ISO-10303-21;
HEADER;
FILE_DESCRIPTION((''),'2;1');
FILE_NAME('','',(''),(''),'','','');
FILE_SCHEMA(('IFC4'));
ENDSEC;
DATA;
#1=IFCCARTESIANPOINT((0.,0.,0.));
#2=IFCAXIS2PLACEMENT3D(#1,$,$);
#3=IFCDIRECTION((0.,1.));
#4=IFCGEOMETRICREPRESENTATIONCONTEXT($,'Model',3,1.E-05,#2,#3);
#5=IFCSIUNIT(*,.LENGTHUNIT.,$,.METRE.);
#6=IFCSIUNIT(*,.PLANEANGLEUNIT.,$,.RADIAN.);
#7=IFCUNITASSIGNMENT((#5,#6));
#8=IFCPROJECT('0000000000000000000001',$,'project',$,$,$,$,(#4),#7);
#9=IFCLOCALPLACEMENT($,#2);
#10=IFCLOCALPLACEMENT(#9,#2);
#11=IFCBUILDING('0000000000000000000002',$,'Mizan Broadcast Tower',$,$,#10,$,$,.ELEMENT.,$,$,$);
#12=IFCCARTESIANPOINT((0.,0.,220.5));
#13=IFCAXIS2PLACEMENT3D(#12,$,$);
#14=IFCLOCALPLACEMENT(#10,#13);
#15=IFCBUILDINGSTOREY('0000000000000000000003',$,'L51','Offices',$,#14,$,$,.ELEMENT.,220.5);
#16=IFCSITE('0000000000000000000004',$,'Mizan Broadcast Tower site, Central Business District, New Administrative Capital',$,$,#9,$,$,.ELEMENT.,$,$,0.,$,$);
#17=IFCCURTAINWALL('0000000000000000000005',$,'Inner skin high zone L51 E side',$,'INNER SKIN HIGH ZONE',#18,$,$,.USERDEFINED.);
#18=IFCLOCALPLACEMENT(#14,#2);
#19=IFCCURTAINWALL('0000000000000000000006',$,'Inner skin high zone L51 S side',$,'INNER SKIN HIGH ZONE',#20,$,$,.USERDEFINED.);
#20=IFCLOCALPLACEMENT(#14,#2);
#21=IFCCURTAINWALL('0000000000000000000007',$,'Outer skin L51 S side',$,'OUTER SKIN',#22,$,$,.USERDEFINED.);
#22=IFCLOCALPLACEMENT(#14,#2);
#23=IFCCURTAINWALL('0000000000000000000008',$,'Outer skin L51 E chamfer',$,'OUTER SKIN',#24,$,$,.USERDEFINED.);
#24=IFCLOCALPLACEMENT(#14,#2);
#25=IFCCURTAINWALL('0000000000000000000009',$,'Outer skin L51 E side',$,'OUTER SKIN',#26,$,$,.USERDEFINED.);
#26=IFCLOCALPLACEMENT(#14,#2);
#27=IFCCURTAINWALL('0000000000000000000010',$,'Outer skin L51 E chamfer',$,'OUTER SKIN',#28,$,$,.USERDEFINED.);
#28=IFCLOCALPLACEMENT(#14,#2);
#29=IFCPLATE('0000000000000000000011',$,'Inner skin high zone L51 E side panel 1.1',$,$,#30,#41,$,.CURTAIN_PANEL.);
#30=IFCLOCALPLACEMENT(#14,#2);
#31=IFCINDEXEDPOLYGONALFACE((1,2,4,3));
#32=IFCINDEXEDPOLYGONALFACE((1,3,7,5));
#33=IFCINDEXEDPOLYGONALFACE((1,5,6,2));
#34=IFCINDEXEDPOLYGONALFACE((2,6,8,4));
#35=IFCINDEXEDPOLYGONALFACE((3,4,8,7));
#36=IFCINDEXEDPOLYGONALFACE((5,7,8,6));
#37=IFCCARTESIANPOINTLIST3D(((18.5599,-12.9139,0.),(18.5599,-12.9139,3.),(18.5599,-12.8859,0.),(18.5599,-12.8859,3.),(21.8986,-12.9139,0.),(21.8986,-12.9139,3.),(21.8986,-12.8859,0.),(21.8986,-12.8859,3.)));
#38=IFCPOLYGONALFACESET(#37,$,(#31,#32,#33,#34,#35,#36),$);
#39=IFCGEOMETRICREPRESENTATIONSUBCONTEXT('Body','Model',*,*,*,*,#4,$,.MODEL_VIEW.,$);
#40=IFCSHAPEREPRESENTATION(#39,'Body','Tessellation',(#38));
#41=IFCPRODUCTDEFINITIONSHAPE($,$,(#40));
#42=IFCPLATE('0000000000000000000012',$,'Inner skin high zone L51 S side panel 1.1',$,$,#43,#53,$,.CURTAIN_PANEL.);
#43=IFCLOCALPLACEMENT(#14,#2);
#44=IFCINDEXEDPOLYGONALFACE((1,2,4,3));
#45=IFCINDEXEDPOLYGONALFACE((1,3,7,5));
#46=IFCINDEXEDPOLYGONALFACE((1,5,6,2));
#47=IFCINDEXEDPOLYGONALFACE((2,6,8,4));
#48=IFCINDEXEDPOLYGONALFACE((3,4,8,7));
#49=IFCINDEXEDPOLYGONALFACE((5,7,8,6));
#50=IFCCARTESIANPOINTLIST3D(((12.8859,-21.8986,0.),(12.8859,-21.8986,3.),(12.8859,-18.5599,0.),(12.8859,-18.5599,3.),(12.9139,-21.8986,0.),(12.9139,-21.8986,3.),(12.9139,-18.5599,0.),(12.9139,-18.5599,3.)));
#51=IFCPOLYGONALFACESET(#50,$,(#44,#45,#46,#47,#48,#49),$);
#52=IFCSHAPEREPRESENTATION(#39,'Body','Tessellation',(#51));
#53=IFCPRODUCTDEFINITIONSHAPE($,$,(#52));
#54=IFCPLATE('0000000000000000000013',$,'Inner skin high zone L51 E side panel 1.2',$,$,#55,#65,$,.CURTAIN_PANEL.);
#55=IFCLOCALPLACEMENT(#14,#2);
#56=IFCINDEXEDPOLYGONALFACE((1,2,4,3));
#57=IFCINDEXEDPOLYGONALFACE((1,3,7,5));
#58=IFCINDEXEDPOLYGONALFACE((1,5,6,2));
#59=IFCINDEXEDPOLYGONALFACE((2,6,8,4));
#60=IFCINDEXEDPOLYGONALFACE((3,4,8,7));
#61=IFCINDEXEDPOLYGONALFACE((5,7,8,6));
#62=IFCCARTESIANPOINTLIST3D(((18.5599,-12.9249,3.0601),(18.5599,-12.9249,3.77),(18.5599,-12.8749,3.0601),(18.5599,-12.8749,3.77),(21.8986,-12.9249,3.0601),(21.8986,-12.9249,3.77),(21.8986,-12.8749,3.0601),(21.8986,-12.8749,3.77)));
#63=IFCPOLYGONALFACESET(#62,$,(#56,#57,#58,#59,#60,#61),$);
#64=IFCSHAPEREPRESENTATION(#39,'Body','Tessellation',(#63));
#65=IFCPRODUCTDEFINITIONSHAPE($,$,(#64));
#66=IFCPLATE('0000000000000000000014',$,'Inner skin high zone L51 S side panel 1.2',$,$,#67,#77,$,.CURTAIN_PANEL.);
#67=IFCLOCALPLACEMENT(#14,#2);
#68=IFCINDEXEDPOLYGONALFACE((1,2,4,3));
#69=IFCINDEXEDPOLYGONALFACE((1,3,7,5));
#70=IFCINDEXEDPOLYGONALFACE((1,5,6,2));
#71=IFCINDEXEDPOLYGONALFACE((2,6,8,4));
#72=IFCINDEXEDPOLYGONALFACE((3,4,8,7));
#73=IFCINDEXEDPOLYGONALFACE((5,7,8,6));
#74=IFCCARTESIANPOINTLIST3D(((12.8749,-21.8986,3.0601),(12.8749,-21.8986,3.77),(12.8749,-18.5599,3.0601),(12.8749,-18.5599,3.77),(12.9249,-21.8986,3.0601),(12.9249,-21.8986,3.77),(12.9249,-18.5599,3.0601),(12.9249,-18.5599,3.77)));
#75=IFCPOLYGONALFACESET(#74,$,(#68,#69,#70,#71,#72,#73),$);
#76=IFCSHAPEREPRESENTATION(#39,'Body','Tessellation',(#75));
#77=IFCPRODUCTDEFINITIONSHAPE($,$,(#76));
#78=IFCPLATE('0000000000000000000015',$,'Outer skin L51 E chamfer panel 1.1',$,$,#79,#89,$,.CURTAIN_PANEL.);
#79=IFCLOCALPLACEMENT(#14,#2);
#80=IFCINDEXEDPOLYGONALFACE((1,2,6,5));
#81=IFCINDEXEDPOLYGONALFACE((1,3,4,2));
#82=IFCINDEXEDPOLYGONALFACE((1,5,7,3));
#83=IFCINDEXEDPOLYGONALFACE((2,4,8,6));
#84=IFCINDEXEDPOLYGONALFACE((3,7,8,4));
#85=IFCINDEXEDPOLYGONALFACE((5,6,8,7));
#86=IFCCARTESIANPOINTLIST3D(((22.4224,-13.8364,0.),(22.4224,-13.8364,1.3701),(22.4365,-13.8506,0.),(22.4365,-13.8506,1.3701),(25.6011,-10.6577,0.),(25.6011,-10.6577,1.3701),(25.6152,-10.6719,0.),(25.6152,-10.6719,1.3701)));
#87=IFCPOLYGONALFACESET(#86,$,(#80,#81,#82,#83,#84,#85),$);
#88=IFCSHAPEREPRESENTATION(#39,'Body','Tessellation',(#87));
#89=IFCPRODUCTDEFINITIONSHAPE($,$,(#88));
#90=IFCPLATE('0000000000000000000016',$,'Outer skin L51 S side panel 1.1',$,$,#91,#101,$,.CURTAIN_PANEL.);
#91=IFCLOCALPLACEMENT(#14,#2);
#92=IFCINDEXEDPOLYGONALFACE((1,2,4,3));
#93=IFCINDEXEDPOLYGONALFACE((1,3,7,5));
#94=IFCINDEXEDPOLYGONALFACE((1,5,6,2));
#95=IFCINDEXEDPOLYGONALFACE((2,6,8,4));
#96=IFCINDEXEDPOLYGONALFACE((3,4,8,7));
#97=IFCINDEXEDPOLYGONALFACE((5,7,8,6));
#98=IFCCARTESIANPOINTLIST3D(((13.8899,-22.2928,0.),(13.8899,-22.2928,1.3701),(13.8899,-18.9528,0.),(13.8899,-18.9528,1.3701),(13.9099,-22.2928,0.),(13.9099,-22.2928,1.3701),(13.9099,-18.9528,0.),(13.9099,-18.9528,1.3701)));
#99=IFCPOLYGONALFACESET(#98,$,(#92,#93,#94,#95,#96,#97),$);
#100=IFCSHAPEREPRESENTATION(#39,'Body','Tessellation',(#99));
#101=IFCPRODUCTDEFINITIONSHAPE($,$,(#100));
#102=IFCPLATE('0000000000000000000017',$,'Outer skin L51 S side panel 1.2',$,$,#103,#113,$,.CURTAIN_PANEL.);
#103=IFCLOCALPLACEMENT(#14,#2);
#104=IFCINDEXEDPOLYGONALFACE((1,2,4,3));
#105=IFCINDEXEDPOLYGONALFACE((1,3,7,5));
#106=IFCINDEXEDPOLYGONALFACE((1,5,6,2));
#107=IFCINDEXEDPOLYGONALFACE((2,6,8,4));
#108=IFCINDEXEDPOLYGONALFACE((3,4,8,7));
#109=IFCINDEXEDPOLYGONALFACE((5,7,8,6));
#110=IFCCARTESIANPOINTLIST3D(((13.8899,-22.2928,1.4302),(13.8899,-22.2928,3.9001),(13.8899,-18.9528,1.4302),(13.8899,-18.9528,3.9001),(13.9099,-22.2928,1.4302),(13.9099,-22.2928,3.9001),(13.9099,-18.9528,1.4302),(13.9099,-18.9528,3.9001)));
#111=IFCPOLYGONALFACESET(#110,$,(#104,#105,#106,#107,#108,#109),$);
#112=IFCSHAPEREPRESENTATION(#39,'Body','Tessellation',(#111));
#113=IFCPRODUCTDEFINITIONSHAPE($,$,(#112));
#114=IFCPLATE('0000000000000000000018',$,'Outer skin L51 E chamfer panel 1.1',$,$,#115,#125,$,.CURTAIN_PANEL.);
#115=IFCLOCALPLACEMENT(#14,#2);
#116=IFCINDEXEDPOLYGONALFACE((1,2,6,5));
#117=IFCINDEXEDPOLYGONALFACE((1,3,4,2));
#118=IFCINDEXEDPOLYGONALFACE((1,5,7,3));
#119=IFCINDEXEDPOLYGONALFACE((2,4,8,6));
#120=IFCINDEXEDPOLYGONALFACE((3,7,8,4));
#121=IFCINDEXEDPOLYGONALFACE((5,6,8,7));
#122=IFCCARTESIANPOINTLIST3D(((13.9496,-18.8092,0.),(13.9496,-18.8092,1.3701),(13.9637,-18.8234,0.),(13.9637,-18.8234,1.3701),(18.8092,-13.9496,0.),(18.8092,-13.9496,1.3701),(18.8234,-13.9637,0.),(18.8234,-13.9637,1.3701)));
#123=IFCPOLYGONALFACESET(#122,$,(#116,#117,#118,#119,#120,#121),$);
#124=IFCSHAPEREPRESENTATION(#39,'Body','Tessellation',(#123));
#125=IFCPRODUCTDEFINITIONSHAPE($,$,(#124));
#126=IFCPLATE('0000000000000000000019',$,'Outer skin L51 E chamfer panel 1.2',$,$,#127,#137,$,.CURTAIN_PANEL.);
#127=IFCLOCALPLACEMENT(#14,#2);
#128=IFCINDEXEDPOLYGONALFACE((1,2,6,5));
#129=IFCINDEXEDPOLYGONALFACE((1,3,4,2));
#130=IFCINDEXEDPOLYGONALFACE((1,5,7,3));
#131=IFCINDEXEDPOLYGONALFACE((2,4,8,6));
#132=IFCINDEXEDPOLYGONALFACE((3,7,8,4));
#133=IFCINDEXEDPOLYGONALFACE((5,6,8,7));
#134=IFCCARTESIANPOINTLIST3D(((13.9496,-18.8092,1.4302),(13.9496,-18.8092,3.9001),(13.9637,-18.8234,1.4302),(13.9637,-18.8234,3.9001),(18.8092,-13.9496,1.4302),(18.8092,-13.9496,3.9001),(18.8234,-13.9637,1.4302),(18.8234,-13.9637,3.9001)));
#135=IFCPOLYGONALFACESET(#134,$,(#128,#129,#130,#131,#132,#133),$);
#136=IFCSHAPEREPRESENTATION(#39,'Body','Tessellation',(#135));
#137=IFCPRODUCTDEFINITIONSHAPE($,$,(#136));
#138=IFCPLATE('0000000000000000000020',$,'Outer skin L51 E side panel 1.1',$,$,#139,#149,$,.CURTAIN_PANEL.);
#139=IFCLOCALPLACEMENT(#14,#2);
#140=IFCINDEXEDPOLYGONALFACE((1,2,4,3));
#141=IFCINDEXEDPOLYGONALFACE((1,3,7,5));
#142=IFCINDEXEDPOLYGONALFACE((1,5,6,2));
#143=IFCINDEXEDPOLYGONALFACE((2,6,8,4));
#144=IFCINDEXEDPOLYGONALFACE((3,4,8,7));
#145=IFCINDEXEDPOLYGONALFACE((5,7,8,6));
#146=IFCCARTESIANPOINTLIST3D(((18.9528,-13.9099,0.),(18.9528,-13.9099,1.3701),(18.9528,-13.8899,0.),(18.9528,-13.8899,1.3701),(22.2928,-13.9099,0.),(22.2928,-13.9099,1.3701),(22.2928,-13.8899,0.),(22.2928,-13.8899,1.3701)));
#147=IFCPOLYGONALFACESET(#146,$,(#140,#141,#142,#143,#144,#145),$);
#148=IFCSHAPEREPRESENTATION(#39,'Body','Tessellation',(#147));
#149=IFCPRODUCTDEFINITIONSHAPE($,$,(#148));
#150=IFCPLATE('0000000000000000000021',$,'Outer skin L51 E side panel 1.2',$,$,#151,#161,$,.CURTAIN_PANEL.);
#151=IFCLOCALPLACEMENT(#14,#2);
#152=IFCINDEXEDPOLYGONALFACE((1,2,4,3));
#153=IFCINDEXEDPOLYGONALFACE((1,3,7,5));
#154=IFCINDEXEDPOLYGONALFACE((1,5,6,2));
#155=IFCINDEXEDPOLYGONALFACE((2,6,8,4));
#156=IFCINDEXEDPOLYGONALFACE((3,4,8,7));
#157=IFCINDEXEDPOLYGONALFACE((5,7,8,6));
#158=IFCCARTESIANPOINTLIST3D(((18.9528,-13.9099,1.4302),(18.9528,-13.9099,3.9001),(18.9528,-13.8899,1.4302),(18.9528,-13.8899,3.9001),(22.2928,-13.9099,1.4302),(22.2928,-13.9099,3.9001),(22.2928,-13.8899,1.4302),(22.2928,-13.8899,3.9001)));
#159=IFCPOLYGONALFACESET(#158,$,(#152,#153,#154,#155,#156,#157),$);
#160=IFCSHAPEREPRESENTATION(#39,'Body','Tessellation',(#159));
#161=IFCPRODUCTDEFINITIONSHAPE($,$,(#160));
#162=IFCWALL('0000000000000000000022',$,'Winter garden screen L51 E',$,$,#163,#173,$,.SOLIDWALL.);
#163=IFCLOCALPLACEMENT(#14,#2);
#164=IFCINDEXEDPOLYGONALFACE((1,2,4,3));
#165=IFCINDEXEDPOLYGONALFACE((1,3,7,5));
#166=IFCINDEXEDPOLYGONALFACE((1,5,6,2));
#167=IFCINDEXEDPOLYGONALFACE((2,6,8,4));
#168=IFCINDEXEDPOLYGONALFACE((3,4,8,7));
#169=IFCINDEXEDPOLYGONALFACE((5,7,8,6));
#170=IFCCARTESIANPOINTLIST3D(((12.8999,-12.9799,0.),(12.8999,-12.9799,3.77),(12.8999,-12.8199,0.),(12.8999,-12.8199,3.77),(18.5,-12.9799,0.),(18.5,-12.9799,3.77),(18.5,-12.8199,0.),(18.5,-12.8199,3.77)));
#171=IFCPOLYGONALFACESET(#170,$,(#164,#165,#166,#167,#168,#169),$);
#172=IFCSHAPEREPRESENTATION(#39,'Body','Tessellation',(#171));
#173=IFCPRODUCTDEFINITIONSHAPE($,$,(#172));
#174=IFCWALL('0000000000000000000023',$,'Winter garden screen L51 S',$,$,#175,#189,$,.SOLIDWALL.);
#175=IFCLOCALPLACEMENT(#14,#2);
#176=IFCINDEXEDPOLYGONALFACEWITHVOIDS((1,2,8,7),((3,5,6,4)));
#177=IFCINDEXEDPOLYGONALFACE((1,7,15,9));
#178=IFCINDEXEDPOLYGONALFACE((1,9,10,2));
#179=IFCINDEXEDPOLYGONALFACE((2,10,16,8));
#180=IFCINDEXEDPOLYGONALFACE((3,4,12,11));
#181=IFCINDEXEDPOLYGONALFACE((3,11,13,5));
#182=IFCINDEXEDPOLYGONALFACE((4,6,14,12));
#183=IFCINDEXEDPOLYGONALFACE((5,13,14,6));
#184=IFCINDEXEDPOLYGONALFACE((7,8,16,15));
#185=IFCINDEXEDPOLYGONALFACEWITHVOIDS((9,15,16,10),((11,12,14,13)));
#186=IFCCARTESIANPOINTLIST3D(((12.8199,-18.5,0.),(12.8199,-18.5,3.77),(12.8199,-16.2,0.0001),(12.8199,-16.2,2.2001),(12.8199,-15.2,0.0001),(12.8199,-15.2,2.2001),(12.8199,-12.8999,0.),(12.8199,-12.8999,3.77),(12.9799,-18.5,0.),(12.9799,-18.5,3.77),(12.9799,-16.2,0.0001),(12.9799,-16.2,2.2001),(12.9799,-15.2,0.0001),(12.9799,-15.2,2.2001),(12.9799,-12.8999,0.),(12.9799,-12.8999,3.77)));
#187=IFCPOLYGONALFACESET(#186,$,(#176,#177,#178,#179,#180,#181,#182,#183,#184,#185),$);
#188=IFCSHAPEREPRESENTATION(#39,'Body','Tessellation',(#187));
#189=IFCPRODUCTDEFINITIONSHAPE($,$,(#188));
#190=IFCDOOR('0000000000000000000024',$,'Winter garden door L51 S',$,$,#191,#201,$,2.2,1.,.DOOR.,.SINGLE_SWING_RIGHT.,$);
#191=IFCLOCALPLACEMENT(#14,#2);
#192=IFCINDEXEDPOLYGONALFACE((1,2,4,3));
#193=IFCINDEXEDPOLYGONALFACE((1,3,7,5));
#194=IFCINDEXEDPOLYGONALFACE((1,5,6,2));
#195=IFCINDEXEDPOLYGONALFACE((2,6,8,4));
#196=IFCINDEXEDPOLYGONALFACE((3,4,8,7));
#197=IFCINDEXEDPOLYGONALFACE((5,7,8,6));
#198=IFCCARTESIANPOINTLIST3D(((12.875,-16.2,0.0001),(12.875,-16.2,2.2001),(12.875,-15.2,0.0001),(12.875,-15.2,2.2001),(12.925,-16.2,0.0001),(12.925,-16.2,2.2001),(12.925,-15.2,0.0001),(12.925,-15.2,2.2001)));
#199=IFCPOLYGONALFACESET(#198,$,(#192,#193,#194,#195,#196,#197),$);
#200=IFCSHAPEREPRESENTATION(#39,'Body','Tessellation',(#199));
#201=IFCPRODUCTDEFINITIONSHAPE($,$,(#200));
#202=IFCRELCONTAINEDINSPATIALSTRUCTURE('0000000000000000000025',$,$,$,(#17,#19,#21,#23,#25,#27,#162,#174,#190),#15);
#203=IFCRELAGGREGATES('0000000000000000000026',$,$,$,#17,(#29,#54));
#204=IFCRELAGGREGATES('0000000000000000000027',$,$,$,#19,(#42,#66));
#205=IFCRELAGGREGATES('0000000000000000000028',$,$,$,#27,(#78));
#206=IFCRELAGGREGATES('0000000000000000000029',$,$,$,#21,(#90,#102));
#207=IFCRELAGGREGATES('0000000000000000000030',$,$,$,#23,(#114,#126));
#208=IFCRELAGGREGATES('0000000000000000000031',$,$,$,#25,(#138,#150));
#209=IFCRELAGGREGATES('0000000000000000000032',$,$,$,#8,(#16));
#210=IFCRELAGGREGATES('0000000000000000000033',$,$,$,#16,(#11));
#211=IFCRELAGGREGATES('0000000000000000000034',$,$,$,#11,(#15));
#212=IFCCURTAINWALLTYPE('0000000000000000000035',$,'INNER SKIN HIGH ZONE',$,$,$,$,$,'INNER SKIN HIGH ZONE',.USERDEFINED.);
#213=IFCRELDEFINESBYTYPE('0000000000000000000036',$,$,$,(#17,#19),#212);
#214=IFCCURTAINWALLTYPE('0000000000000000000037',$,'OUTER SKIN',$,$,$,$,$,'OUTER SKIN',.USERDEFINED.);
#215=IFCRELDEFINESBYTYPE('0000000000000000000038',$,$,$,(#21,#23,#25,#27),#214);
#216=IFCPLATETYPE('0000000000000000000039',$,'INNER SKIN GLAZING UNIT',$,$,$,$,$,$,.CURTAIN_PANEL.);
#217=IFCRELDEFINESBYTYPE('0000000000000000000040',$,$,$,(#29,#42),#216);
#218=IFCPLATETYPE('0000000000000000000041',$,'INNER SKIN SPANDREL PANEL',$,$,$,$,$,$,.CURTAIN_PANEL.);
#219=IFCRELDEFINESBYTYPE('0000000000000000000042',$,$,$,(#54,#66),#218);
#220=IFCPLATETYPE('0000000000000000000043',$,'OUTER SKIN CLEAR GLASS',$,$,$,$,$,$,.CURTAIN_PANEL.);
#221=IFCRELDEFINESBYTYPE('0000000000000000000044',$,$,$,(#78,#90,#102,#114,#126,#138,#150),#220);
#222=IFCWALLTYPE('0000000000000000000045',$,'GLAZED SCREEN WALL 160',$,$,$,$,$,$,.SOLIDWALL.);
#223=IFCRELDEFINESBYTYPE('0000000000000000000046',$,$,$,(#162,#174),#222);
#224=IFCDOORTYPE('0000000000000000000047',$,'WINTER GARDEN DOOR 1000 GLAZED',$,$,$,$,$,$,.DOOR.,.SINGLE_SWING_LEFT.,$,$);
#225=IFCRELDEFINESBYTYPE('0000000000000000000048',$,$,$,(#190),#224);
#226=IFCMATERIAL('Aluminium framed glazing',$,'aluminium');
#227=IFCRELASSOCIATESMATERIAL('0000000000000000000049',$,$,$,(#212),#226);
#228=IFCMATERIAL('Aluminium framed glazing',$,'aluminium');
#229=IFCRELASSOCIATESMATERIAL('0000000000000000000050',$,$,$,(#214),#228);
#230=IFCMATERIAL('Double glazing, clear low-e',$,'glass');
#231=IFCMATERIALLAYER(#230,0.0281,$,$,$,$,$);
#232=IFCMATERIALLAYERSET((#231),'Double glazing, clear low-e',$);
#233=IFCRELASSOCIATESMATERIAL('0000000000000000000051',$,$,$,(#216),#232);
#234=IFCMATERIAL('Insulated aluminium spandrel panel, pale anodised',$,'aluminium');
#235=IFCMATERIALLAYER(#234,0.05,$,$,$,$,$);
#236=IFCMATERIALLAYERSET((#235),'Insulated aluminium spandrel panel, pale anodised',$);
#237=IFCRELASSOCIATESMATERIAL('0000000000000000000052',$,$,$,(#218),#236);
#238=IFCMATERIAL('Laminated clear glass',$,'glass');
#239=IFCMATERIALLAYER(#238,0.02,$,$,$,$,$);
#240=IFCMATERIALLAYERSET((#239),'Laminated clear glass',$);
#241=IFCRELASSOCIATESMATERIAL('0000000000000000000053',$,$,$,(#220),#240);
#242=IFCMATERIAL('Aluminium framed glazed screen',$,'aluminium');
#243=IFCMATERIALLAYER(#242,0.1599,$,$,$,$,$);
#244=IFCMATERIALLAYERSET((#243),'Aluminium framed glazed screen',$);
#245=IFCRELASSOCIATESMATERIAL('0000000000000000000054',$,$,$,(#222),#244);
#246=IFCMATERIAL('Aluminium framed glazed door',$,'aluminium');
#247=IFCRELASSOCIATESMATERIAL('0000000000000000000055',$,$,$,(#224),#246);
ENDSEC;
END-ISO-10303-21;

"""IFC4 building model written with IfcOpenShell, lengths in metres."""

from ifc_helpers import new_model, si_unit, direction, frame, frame_2d, origin, origin_2d, place, context, subcontext, project, spatial, rectangle, extrude, material, layer, layer_set, type_object, element, fill, aggregate, save


model = new_model("IFC4")

# Units and contexts
model_context = context("Model", 3, precision=1e-05, world=origin(), true_north=direction((0.0, 1.0)))
body_context = subcontext(model_context, "Body", "Model", "MODEL_VIEW")
ifc_project = project(units=[si_unit("LENGTHUNIT", "METRE"), si_unit("PLANEANGLEUNIT", "RADIAN")], contexts=[model_context])

# Site, building, storey
site_placement = place(None, origin())
site = spatial("IfcSite", under=ifc_project, at=site_placement, Name="Mizan Broadcast Tower site, Central Business District, New Administrative Capital", CompositionType="ELEMENT", RefElevation=0.0)
building_placement = place(site_placement, origin())
building = spatial("IfcBuilding", under=site, at=building_placement, Name="Mizan Broadcast Tower", CompositionType="ELEMENT")
storey_placement = place(building_placement, frame((0.0, 0.0, 220.5)))
storey = spatial("IfcBuildingStorey", under=building, at=storey_placement, Name="L51", Description="Offices", CompositionType="ELEMENT", Elevation=220.5)

# Curtain walls
ifc_material_1 = material(Name="Aluminium framed glazing", Category="aluminium")
curtain_wall_type_1 = type_object("IfcCurtainWallType", Name="INNER SKIN HIGH ZONE", ElementType="INNER SKIN HIGH ZONE", PredefinedType="USERDEFINED", material=ifc_material_1)
curtain_wall_1_placement = place(storey_placement, origin())
curtain_wall_1 = element("IfcCurtainWall", 1, at=curtain_wall_1_placement, inside=storey, type_object=curtain_wall_type_1, Name="Inner skin high zone L51 E side", ObjectType="INNER SKIN HIGH ZONE", PredefinedType="USERDEFINED")
curtain_wall_2_placement = place(storey_placement, origin())
curtain_wall_2 = element("IfcCurtainWall", 2, at=curtain_wall_2_placement, inside=storey, type_object=curtain_wall_type_1, Name="Inner skin high zone L51 S side", ObjectType="INNER SKIN HIGH ZONE", PredefinedType="USERDEFINED")

# Curtain walls
ifc_material_2 = material(Name="Aluminium framed glazing", Category="aluminium")
curtain_wall_type_2 = type_object("IfcCurtainWallType", Name="OUTER SKIN", ElementType="OUTER SKIN", PredefinedType="USERDEFINED", material=ifc_material_2)
curtain_wall_3_placement = place(storey_placement, origin())
curtain_wall_3 = element("IfcCurtainWall", 3, at=curtain_wall_3_placement, inside=storey, type_object=curtain_wall_type_2, Name="Outer skin L51 S side", ObjectType="OUTER SKIN", PredefinedType="USERDEFINED")
curtain_wall_4_placement = place(storey_placement, origin())
curtain_wall_4 = element("IfcCurtainWall", 4, at=curtain_wall_4_placement, inside=storey, type_object=curtain_wall_type_2, Name="Outer skin L51 E chamfer", ObjectType="OUTER SKIN", PredefinedType="USERDEFINED")
curtain_wall_5_placement = place(storey_placement, origin())
curtain_wall_5 = element("IfcCurtainWall", 5, at=curtain_wall_5_placement, inside=storey, type_object=curtain_wall_type_2, Name="Outer skin L51 E side", ObjectType="OUTER SKIN", PredefinedType="USERDEFINED")
curtain_wall_6_placement = place(storey_placement, origin())
curtain_wall_6 = element("IfcCurtainWall", 6, at=curtain_wall_6_placement, inside=storey, type_object=curtain_wall_type_2, Name="Outer skin L51 E chamfer", ObjectType="OUTER SKIN", PredefinedType="USERDEFINED")

# Plates
ifc_material_3 = material(Name="Double glazing, clear low-e", Category="glass")
ifc_layer_1 = layer(ifc_material_3, 0.0281)
ifc_layer_set_1 = layer_set([ifc_layer_1], Name="Double glazing, clear low-e")
plate_type_1 = type_object("IfcPlateType", Name="INNER SKIN GLAZING UNIT", PredefinedType="CURTAIN_PANEL", material=ifc_layer_set_1)
plate_1_placement = place(storey_placement, frame((20.2292, -12.8999, 0.0), z_axis=(0.0, 0.0, 1.0), x_axis=(1.0, 0.0, 0.0)))
plate_1 = element("IfcPlate", 7, at=plate_1_placement, type_object=plate_type_1, Name="Inner skin high zone L51 E side panel 1.1", PredefinedType="CURTAIN_PANEL", context=body_context, shape_type="SweptSolid", body=[
    extrude(rectangle(XDim=3.3386, YDim=0.0281, at=origin_2d()), origin(), (0.0, 0.0, 1.0), 3.0),
])
plate_2_placement = place(storey_placement, frame((12.8999, -20.2292, 0.0), z_axis=(0.0, 0.0, 1.0), x_axis=(0.0, 1.0, 0.0)))
plate_2 = element("IfcPlate", 8, at=plate_2_placement, type_object=plate_type_1, Name="Inner skin high zone L51 S side panel 1.1", PredefinedType="CURTAIN_PANEL", context=body_context, shape_type="SweptSolid", body=[
    extrude(rectangle(XDim=3.3386, YDim=0.0281, at=origin_2d()), origin(), (0.0, 0.0, 1.0), 3.0),
])
ifc_material_4 = material(Name="Insulated aluminium spandrel panel, pale anodised", Category="aluminium")
ifc_layer_2 = layer(ifc_material_4, 0.05)
ifc_layer_set_2 = layer_set([ifc_layer_2], Name="Insulated aluminium spandrel panel, pale anodised")
plate_type_2 = type_object("IfcPlateType", Name="INNER SKIN SPANDREL PANEL", PredefinedType="CURTAIN_PANEL", material=ifc_layer_set_2)
plate_3_placement = place(storey_placement, frame((20.2292, -12.8999, 3.0601), z_axis=(0.0, 0.0, 1.0), x_axis=(1.0, 0.0, 0.0)))
plate_3 = element("IfcPlate", 9, at=plate_3_placement, type_object=plate_type_2, Name="Inner skin high zone L51 E side panel 1.2", PredefinedType="CURTAIN_PANEL", context=body_context, shape_type="SweptSolid", body=[
    extrude(rectangle(XDim=3.3386, YDim=0.05, at=origin_2d()), origin(), (0.0, 0.0, 1.0), 0.71),
])
aggregate(curtain_wall_1, [plate_1, plate_3])
plate_4_placement = place(storey_placement, frame((12.8999, -20.2292, 3.0601), z_axis=(0.0, 0.0, 1.0), x_axis=(0.0, 1.0, 0.0)))
plate_4 = element("IfcPlate", 10, at=plate_4_placement, type_object=plate_type_2, Name="Inner skin high zone L51 S side panel 1.2", PredefinedType="CURTAIN_PANEL", context=body_context, shape_type="SweptSolid", body=[
    extrude(rectangle(XDim=3.3386, YDim=0.05, at=origin_2d()), origin(), (0.0, 0.0, 1.0), 0.71),
])
aggregate(curtain_wall_2, [plate_2, plate_4])
ifc_material_5 = material(Name="Laminated clear glass", Category="glass")
ifc_layer_3 = layer(ifc_material_5, 0.02)
ifc_layer_set_3 = layer_set([ifc_layer_3], Name="Laminated clear glass")
plate_type_3 = type_object("IfcPlateType", Name="OUTER SKIN CLEAR GLASS", PredefinedType="CURTAIN_PANEL", material=ifc_layer_set_3)
plate_5_placement = place(storey_placement, frame((24.0188, -12.2542, 0.0), z_axis=(0.0, 0.0, 1.0), x_axis=(0.707107, 0.707107, 0.0)))
plate_5 = element("IfcPlate", 11, at=plate_5_placement, type_object=plate_type_3, Name="Outer skin L51 E chamfer panel 1.1", PredefinedType="CURTAIN_PANEL", context=body_context, shape_type="SweptSolid", body=[
    extrude(rectangle(XDim=4.4954, YDim=0.02, at=origin_2d()), origin(), (0.0, 0.0, 1.0), 1.3701),
])
aggregate(curtain_wall_6, [plate_5])
plate_6_placement = place(storey_placement, frame((13.8999, -20.6228, 0.0), z_axis=(0.0, 0.0, 1.0), x_axis=(0.0, 1.0, 0.0)))
plate_6 = element("IfcPlate", 12, at=plate_6_placement, type_object=plate_type_3, Name="Outer skin L51 S side panel 1.1", PredefinedType="CURTAIN_PANEL", context=body_context, shape_type="SweptSolid", body=[
    extrude(rectangle(XDim=3.3401, YDim=0.02, at=origin_2d()), origin(), (0.0, 0.0, 1.0), 1.3701),
])
plate_7_placement = place(storey_placement, frame((13.8999, -20.6228, 1.4302), z_axis=(0.0, 0.0, 1.0), x_axis=(0.0, 1.0, 0.0)))
plate_7 = element("IfcPlate", 13, at=plate_7_placement, type_object=plate_type_3, Name="Outer skin L51 S side panel 1.2", PredefinedType="CURTAIN_PANEL", context=body_context, shape_type="SweptSolid", body=[
    extrude(rectangle(XDim=3.3401, YDim=0.02, at=origin_2d()), origin(), (0.0, 0.0, 1.0), 2.47),
])
aggregate(curtain_wall_3, [plate_6, plate_7])
plate_8_placement = place(storey_placement, frame((16.3865, -16.3865, 0.0), z_axis=(0.0, 0.0, 1.0), x_axis=(0.707107, 0.707107, 0.0)))
plate_8 = element("IfcPlate", 14, at=plate_8_placement, type_object=plate_type_3, Name="Outer skin L51 E chamfer panel 1.1", PredefinedType="CURTAIN_PANEL", context=body_context, shape_type="SweptSolid", body=[
    extrude(rectangle(XDim=6.8726, YDim=0.02, at=origin_2d()), origin(), (0.0, 0.0, 1.0), 1.3701),
])
plate_9_placement = place(storey_placement, frame((16.3865, -16.3865, 1.4302), z_axis=(0.0, 0.0, 1.0), x_axis=(0.707107, 0.707107, 0.0)))
plate_9 = element("IfcPlate", 15, at=plate_9_placement, type_object=plate_type_3, Name="Outer skin L51 E chamfer panel 1.2", PredefinedType="CURTAIN_PANEL", context=body_context, shape_type="SweptSolid", body=[
    extrude(rectangle(XDim=6.8726, YDim=0.02, at=origin_2d()), origin(), (0.0, 0.0, 1.0), 2.47),
])
aggregate(curtain_wall_4, [plate_8, plate_9])
plate_10_placement = place(storey_placement, frame((20.6228, -13.8999, 0.0), z_axis=(0.0, 0.0, 1.0), x_axis=(1.0, 0.0, 0.0)))
plate_10 = element("IfcPlate", 16, at=plate_10_placement, type_object=plate_type_3, Name="Outer skin L51 E side panel 1.1", PredefinedType="CURTAIN_PANEL", context=body_context, shape_type="SweptSolid", body=[
    extrude(rectangle(XDim=3.3401, YDim=0.02, at=origin_2d()), origin(), (0.0, 0.0, 1.0), 1.3701),
])
plate_11_placement = place(storey_placement, frame((20.6228, -13.8999, 1.4302), z_axis=(0.0, 0.0, 1.0), x_axis=(1.0, 0.0, 0.0)))
plate_11 = element("IfcPlate", 17, at=plate_11_placement, type_object=plate_type_3, Name="Outer skin L51 E side panel 1.2", PredefinedType="CURTAIN_PANEL", context=body_context, shape_type="SweptSolid", body=[
    extrude(rectangle(XDim=3.3401, YDim=0.02, at=origin_2d()), origin(), (0.0, 0.0, 1.0), 2.47),
])
aggregate(curtain_wall_5, [plate_10, plate_11])

# Wall
ifc_material_6 = material(Name="Aluminium framed glazed screen", Category="aluminium")
ifc_layer_4 = layer(ifc_material_6, 0.1599)
ifc_layer_set_4 = layer_set([ifc_layer_4], Name="Aluminium framed glazed screen")
wall_type = type_object("IfcWallType", Name="GLAZED SCREEN WALL 160", PredefinedType="SOLIDWALL", material=ifc_layer_set_4)
wall_1_placement = place(storey_placement, frame((12.8999, -12.8999, 0.0), z_axis=(0.0, 0.0, 1.0), x_axis=(1.0, 0.0, 0.0)))
element("IfcWall", 18, at=wall_1_placement, inside=storey, type_object=wall_type, Name="Winter garden screen L51 E", PredefinedType="SOLIDWALL", context=body_context, shape_type="SweptSolid", body=[
    extrude(rectangle(XDim=5.6001, YDim=0.1599, at=frame_2d((2.8, 0.0))), origin(), (0.0, 0.0, 1.0), 3.77),
])

# Wall, opening, door
wall_2_placement = place(storey_placement, frame((12.8999, -18.5, 0.0), z_axis=(0.0, 0.0, 1.0), x_axis=(0.0, 1.0, 0.0)))
wall_2 = element("IfcWall", 19, at=wall_2_placement, inside=storey, type_object=wall_type, Name="Winter garden screen L51 S", PredefinedType="SOLIDWALL", context=body_context, shape_type="SweptSolid", body=[
    extrude(rectangle(XDim=5.6001, YDim=0.1599, at=frame_2d((2.8, 0.0))), origin(), (0.0, 0.0, 1.0), 3.77),
])
opening_placement = place(wall_2_placement, frame((2.3, 0.0, 0.0)))
opening = element("IfcOpeningElement", 20, at=opening_placement, cuts=wall_2, PredefinedType="OPENING", context=body_context, shape_type="SweptSolid", body=[
    extrude(rectangle(XDim=1.0, YDim=2.2, at=frame_2d((0.5, 1.1001))), frame((0.0, 0.0898, 0.0), z_axis=(0.0, -1.0, 0.0), x_axis=(1.0, 0.0, 0.0)), (0.0, 0.0, 1.0), 0.1799),
])
ifc_material_7 = material(Name="Aluminium framed glazed door", Category="aluminium")
door_type = type_object("IfcDoorType", Name="WINTER GARDEN DOOR 1000 GLAZED", OperationType="SINGLE_SWING_LEFT", PredefinedType="DOOR", material=ifc_material_7)
door_placement = place(opening_placement, origin())
door = element("IfcDoor", 21, at=door_placement, inside=storey, type_object=door_type, Name="Winter garden door L51 S", OperationType="SINGLE_SWING_RIGHT", OverallHeight=2.2, OverallWidth=1.0, PredefinedType="DOOR", context=body_context, shape_type="SweptSolid", body=[
    extrude(rectangle(XDim=1.0, YDim=2.2, at=frame_2d((0.5, 1.1001))), frame((0.0, 0.0249, 0.0), z_axis=(0.0, -1.0, 0.0), x_axis=(1.0, 0.0, 0.0)), (0.0, 0.0, 1.0), 0.05),
])
fill(opening, door)

save(model, "model.ifc")
